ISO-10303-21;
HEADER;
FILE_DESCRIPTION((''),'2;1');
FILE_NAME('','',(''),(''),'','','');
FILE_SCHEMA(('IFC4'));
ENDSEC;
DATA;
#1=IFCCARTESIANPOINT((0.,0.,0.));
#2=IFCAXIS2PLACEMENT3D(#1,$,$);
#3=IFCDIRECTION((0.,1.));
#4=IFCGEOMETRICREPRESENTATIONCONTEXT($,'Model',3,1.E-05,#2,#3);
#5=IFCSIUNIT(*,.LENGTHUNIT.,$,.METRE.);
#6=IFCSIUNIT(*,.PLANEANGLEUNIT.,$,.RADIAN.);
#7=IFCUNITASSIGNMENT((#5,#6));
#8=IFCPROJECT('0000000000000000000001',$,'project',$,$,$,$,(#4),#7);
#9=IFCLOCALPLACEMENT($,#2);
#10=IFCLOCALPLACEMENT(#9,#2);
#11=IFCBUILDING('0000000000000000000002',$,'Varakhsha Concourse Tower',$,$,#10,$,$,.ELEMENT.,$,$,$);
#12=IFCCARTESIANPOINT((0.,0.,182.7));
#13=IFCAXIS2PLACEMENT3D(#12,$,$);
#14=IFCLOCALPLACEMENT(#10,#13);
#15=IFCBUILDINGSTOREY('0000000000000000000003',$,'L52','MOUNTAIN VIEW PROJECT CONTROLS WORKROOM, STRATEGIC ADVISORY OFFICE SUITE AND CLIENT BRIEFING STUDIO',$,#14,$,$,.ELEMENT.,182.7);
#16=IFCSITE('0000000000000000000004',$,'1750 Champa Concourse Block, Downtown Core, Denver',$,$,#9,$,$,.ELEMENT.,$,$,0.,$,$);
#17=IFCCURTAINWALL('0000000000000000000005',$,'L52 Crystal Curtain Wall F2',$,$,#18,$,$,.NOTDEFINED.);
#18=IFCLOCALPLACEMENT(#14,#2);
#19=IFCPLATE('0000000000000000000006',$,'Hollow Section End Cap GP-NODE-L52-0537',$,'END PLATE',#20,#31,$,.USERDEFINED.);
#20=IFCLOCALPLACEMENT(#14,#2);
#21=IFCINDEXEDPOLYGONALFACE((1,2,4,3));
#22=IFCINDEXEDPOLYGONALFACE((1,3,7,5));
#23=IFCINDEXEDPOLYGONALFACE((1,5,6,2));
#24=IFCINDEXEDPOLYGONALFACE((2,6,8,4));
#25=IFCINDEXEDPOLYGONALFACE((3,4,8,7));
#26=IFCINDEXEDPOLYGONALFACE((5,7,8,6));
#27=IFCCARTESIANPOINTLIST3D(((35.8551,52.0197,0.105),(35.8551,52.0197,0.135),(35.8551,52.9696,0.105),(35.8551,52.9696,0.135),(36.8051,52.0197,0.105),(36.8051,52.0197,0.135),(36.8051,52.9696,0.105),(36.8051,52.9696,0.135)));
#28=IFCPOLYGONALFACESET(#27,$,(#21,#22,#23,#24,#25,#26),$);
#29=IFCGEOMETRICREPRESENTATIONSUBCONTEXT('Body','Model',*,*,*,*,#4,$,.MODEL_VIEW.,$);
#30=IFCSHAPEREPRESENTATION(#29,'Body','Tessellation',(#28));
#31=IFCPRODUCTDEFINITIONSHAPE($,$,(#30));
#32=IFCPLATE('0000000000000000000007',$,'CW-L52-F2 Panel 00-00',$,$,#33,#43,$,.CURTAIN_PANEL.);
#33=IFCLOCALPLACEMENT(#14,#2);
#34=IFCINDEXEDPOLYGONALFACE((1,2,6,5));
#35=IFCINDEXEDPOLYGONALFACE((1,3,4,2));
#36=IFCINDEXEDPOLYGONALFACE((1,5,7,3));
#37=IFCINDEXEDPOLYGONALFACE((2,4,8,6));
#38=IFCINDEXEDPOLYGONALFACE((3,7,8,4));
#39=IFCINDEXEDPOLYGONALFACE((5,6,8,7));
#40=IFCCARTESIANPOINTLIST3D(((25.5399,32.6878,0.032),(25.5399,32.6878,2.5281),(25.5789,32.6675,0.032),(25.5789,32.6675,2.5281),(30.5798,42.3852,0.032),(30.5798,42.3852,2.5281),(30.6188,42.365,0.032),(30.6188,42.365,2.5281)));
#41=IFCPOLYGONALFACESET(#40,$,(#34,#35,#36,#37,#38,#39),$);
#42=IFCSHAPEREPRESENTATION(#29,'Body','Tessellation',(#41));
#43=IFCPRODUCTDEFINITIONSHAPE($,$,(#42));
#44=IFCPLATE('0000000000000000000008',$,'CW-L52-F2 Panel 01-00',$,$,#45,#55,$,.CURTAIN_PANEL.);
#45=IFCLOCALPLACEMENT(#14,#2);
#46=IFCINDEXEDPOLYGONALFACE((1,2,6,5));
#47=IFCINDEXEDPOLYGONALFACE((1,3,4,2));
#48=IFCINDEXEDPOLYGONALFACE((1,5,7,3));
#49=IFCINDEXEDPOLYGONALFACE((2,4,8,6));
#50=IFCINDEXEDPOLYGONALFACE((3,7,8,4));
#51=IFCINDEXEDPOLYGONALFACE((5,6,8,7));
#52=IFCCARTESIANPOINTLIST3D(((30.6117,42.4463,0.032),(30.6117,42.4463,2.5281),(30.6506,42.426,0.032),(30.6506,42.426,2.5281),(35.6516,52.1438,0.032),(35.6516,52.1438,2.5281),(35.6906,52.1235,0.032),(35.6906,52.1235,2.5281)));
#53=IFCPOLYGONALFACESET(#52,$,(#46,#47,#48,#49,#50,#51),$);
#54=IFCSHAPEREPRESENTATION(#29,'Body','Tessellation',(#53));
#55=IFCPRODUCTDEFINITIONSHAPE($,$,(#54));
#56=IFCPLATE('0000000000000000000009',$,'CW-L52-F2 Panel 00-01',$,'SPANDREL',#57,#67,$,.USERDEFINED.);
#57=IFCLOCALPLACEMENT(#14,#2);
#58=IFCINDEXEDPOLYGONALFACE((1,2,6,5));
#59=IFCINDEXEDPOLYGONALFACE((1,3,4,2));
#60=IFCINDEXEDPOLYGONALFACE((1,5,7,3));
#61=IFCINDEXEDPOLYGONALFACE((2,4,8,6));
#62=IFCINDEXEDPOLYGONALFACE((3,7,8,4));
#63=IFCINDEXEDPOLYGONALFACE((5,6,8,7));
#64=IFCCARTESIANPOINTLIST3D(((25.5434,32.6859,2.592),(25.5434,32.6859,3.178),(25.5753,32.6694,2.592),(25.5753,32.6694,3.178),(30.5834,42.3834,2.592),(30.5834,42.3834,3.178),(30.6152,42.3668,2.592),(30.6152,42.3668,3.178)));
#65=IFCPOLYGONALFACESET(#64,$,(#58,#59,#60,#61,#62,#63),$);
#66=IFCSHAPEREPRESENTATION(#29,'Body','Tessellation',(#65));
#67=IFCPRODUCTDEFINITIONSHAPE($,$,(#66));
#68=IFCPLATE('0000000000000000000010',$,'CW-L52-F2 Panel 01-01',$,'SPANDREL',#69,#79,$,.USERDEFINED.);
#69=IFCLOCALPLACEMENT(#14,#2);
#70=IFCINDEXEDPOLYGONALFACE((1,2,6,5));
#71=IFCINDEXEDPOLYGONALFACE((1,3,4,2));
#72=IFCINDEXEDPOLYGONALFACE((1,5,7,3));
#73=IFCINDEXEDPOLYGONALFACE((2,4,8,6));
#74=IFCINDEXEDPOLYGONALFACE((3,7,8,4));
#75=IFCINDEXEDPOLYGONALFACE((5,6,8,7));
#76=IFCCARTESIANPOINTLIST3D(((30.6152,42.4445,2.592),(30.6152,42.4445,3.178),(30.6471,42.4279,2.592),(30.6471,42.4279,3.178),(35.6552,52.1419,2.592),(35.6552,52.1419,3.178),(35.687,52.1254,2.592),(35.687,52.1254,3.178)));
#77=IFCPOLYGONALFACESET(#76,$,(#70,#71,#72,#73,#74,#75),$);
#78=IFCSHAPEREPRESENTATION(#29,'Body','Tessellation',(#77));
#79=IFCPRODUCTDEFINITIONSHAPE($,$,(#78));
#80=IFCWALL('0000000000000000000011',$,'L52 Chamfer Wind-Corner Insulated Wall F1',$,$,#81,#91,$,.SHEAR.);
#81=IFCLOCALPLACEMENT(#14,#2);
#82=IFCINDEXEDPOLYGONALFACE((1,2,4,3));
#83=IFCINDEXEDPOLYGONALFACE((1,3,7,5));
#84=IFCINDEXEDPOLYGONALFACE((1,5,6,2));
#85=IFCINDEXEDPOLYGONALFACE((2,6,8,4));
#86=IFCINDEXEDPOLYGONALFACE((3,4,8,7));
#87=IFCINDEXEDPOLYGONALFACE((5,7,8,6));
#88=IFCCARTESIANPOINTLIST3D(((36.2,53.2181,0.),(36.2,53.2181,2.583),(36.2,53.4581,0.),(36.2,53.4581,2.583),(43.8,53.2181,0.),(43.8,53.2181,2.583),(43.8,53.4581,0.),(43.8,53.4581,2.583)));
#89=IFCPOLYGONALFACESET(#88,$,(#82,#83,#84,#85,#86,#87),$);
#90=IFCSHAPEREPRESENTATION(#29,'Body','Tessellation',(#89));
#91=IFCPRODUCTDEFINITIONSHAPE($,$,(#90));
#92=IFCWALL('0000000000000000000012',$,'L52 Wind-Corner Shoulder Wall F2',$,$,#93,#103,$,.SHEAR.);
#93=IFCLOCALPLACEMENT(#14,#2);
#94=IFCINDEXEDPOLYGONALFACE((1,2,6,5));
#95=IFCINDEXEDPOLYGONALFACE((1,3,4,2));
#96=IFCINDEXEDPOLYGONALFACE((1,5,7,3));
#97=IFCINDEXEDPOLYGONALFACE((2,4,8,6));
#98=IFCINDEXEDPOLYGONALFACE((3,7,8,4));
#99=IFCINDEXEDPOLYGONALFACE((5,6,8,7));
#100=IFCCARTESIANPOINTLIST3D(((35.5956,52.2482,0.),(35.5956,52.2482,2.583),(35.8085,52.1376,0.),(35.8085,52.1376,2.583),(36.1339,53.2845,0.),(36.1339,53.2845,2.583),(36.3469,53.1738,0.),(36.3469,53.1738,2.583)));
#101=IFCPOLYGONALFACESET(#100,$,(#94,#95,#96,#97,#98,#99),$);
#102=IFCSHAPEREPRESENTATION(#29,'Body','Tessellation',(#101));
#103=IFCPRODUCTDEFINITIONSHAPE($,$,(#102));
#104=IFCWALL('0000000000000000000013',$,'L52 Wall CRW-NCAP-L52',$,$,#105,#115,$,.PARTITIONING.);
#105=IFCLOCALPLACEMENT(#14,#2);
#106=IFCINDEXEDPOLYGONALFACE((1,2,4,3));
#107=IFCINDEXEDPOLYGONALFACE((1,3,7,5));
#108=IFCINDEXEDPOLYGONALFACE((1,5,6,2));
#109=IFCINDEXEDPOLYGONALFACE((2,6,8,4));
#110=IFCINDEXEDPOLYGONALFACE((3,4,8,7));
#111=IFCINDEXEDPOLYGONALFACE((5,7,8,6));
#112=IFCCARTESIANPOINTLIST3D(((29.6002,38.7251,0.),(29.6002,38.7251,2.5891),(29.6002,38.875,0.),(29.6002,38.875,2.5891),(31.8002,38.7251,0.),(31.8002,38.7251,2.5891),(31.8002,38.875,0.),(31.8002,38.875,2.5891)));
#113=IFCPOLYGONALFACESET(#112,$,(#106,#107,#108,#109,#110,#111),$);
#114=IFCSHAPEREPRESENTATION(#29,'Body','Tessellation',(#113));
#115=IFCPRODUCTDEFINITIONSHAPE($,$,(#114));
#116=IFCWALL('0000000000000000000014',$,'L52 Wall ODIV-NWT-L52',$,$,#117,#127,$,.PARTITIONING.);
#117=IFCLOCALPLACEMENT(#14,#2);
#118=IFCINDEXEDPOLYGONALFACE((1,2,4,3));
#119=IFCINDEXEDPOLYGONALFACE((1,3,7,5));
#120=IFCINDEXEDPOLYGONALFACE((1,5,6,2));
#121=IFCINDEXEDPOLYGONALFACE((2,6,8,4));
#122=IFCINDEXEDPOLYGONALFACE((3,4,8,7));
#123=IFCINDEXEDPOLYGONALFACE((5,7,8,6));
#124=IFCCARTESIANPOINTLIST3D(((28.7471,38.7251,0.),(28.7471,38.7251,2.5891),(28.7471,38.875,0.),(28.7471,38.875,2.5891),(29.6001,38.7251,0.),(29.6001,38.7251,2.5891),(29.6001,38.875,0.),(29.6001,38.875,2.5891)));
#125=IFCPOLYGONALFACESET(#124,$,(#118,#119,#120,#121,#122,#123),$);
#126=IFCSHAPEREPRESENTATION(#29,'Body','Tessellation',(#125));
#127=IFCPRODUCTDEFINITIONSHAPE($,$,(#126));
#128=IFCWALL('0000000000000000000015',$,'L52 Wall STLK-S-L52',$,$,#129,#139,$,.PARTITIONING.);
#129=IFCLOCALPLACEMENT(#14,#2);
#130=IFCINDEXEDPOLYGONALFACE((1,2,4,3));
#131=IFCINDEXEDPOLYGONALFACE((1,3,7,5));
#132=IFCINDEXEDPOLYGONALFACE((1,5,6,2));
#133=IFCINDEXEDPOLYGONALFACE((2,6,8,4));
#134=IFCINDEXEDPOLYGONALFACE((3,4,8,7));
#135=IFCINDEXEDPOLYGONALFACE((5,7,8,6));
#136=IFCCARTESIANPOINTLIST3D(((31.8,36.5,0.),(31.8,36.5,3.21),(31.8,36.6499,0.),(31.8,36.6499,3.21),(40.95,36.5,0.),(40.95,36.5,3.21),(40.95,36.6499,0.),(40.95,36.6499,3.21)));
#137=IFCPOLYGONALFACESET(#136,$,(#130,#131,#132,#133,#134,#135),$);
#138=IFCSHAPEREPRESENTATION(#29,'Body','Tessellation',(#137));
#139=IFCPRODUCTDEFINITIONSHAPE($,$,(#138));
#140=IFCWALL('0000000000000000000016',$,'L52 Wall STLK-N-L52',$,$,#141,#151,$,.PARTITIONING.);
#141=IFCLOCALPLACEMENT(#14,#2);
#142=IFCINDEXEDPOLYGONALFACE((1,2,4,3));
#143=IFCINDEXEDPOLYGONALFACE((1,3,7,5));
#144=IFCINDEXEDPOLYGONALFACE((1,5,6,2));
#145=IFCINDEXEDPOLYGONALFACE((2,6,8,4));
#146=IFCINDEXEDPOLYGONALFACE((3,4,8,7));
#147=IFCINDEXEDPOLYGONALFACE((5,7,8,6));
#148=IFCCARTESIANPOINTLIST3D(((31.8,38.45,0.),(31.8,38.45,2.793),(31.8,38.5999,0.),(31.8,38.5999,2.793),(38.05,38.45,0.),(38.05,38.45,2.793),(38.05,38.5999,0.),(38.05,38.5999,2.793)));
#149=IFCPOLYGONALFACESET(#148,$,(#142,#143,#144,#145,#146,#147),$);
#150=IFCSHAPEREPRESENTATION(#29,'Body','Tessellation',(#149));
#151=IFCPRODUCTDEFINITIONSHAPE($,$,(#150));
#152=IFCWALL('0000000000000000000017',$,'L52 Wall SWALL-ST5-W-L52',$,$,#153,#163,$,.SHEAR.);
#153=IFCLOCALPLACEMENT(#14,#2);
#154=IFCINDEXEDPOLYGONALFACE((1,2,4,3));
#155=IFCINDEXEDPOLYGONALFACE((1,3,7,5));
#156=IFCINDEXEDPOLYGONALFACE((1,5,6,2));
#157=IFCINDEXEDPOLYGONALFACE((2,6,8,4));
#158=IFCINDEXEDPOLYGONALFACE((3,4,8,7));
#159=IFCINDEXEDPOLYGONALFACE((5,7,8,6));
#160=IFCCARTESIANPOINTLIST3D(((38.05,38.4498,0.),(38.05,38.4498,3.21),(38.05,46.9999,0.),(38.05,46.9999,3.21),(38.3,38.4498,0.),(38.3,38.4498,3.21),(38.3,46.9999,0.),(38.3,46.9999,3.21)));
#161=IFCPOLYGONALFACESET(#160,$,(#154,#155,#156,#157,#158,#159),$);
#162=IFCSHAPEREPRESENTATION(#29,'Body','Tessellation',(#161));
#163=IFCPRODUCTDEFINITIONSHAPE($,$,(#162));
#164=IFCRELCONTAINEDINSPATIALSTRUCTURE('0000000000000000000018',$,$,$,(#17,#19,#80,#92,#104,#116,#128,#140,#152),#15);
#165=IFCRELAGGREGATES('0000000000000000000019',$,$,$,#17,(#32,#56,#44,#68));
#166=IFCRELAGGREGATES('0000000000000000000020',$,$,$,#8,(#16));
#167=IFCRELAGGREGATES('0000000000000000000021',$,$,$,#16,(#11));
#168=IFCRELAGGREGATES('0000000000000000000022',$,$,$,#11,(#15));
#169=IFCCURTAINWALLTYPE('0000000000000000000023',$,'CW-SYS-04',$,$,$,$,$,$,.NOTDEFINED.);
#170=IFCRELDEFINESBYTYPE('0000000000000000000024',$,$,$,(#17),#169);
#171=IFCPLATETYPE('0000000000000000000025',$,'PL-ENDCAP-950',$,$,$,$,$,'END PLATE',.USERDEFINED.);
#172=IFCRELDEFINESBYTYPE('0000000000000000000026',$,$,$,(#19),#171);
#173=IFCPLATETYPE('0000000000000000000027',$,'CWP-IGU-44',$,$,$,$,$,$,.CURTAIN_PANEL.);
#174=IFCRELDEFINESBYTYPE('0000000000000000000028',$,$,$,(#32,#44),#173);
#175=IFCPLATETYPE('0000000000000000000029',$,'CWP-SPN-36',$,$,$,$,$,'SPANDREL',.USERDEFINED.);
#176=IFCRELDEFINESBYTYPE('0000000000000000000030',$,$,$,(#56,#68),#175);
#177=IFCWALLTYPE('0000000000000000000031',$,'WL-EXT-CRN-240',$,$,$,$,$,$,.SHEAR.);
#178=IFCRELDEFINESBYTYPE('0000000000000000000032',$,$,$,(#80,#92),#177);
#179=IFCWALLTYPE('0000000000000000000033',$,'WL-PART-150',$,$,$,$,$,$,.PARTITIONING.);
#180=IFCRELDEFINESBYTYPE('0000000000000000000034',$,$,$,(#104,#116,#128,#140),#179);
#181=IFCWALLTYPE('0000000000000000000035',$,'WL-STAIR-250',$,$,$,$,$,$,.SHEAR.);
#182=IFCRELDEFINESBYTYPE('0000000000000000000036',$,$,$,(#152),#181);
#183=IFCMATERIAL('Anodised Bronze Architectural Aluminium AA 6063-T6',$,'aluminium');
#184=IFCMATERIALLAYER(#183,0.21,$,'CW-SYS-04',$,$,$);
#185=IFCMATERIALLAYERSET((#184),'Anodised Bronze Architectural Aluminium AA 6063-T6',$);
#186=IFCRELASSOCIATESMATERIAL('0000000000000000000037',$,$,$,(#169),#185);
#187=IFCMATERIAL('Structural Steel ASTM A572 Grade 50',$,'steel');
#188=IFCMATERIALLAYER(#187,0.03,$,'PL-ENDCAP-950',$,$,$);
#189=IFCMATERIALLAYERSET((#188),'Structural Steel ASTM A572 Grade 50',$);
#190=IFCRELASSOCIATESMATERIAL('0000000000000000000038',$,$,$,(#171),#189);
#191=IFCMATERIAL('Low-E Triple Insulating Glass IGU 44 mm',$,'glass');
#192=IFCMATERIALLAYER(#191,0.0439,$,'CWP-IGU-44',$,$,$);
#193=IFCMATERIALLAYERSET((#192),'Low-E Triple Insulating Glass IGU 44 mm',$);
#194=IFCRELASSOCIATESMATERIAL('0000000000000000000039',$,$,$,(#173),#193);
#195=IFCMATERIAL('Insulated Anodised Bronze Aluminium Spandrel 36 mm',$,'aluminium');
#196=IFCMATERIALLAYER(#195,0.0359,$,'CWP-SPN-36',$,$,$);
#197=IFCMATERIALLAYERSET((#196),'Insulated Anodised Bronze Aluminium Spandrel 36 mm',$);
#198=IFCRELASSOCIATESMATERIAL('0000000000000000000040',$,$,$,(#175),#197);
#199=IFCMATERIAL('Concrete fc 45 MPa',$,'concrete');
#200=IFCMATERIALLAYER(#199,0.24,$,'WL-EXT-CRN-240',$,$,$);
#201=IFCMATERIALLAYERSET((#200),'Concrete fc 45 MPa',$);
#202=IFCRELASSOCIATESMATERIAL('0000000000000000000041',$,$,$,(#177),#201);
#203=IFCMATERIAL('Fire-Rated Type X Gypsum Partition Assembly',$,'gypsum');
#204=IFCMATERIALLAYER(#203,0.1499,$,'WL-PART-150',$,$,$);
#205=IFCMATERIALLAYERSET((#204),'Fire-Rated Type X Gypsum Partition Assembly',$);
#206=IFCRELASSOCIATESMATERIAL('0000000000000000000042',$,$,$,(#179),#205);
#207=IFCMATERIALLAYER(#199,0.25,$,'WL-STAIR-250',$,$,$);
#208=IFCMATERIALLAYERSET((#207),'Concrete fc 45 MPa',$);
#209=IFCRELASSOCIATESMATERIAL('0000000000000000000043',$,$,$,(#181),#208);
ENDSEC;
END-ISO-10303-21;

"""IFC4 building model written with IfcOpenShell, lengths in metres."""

from ifc_helpers import new_model, si_unit, direction, frame, frame_2d, origin, origin_2d, place, context, subcontext, project, spatial, rectangle, extrude, source, transform, mapped, material, layer, layer_set, type_object, type_shapes, element, aggregate, save


model = new_model("IFC4")

# Units and contexts
model_context = context("Model", 3, precision=1e-05, world=origin(), true_north=direction((0.0, 1.0)))
body_context = subcontext(model_context, "Body", "Model", "MODEL_VIEW")
ifc_project = project(units=[si_unit("LENGTHUNIT", "METRE"), si_unit("PLANEANGLEUNIT", "RADIAN")], contexts=[model_context])

# Site, building, storey
site_placement = place(None, origin())
site = spatial("IfcSite", under=ifc_project, at=site_placement, Name="1750 Champa Concourse Block, Downtown Core, Denver", CompositionType="ELEMENT", RefElevation=0.0)
building_placement = place(site_placement, origin())
building = spatial("IfcBuilding", under=site, at=building_placement, Name="Varakhsha Concourse Tower", CompositionType="ELEMENT")
storey_placement = place(building_placement, frame((0.0, 0.0, 182.7)))
storey = spatial("IfcBuildingStorey", under=building, at=storey_placement, Name="L52", Description="MOUNTAIN VIEW PROJECT CONTROLS WORKROOM, STRATEGIC ADVISORY OFFICE SUITE AND CLIENT BRIEFING STUDIO", CompositionType="ELEMENT", Elevation=182.7)

# Shared definitions
ifc_material_1 = material(Name="Structural Steel ASTM A572 Grade 50", Category="steel")

# Curtain wall
ifc_material_2 = material(Name="Anodised Bronze Architectural Aluminium AA 6063-T6", Category="aluminium")
ifc_layer_1 = layer(ifc_material_2, 0.21, Name="CW-SYS-04")
ifc_layer_set_1 = layer_set([ifc_layer_1], Name="Anodised Bronze Architectural Aluminium AA 6063-T6")
curtain_wall_type = type_object("IfcCurtainWallType", Name="CW-SYS-04", PredefinedType="NOTDEFINED", material=ifc_layer_set_1)
curtain_wall_1_placement = place(storey_placement, origin())
curtain_wall_1 = element("IfcCurtainWall", 1, at=curtain_wall_1_placement, inside=storey, type_object=curtain_wall_type, Name="L52 Crystal Curtain Wall F2", PredefinedType="NOTDEFINED")

# Plates
ifc_layer_2 = layer(ifc_material_1, 0.03, Name="PL-ENDCAP-950")
ifc_layer_set_2 = layer_set([ifc_layer_2], Name="Structural Steel ASTM A572 Grade 50")
plate_type_1 = type_object("IfcPlateType", Name="PL-ENDCAP-950", ElementType="END PLATE", PredefinedType="USERDEFINED", material=ifc_layer_set_2)
shared_shape_1 = source(origin(), body_context, "Body", "SweptSolid", [
    extrude(rectangle(XDim=0.95, YDim=0.95, at=origin_2d()), origin(), (0.0, 0.0, 1.0), 0.03),
])
type_shapes(plate_type_1, [shared_shape_1])
plate_1_placement = place(storey_placement, frame((36.3301, 52.4946, 0.105), z_axis=(0.0, 0.0, 1.0), x_axis=(1.0, 0.0, 0.0)))
element("IfcPlate", 2, at=plate_1_placement, inside=storey, type_object=plate_type_1, Name="Hollow Section End Cap GP-NODE-L52-0537", ObjectType="END PLATE", PredefinedType="USERDEFINED", context=body_context, shape_type="MappedRepresentation", body=[
    mapped(shared_shape_1, transform((0.0, 0.0, 0.0), scale=1.0)),
])
ifc_material_3 = material(Name="Low-E Triple Insulating Glass IGU 44 mm", Category="glass")
ifc_layer_3 = layer(ifc_material_3, 0.0439, Name="CWP-IGU-44")
ifc_layer_set_3 = layer_set([ifc_layer_3], Name="Low-E Triple Insulating Glass IGU 44 mm")
plate_type_2 = type_object("IfcPlateType", Name="CWP-IGU-44", PredefinedType="CURTAIN_PANEL", material=ifc_layer_set_3)
shared_shape_2 = source(origin(), body_context, "Body", "SweptSolid", [
    extrude(rectangle(XDim=10.929, YDim=0.0439, at=origin_2d()), origin(), (0.0, 0.0, 1.0), 2.4961),
])
type_shapes(plate_type_2, [shared_shape_2])
plate_2_placement = place(storey_placement, frame((28.0793, 37.5264, 0.032), z_axis=(0.0, 0.0, 1.0), x_axis=(0.461156, 0.887319, 0.0)))
plate_2 = element("IfcPlate", 3, at=plate_2_placement, type_object=plate_type_2, Name="CW-L52-F2 Panel 00-00", PredefinedType="CURTAIN_PANEL", context=body_context, shape_type="MappedRepresentation", body=[
    mapped(shared_shape_2, transform((0.0, 0.0, 0.0), scale=1.0)),
])
plate_3_placement = place(storey_placement, frame((33.1511, 47.2849, 0.032), z_axis=(0.0, 0.0, 1.0), x_axis=(0.461156, 0.887319, 0.0)))
plate_3 = element("IfcPlate", 4, at=plate_3_placement, type_object=plate_type_2, Name="CW-L52-F2 Panel 01-00", PredefinedType="CURTAIN_PANEL", context=body_context, shape_type="MappedRepresentation", body=[
    mapped(shared_shape_2, transform((0.0, 0.0, 0.0), scale=1.0)),
])
ifc_material_4 = material(Name="Insulated Anodised Bronze Aluminium Spandrel 36 mm", Category="aluminium")
ifc_layer_4 = layer(ifc_material_4, 0.0359, Name="CWP-SPN-36")
ifc_layer_set_4 = layer_set([ifc_layer_4], Name="Insulated Anodised Bronze Aluminium Spandrel 36 mm")
plate_type_3 = type_object("IfcPlateType", Name="CWP-SPN-36", ElementType="SPANDREL", PredefinedType="USERDEFINED", material=ifc_layer_set_4)
shared_shape_3 = source(origin(), body_context, "Body", "SweptSolid", [
    extrude(rectangle(XDim=10.929, YDim=0.0359, at=origin_2d()), origin(), (0.0, 0.0, 1.0), 0.5859),
])
type_shapes(plate_type_3, [shared_shape_3])
plate_4_placement = place(storey_placement, frame((28.0793, 37.5264, 2.592), z_axis=(0.0, 0.0, 1.0), x_axis=(0.461156, 0.887319, 0.0)))
plate_4 = element("IfcPlate", 5, at=plate_4_placement, type_object=plate_type_3, Name="CW-L52-F2 Panel 00-01", ObjectType="SPANDREL", PredefinedType="USERDEFINED", context=body_context, shape_type="MappedRepresentation", body=[
    mapped(shared_shape_3, transform((0.0, 0.0, 0.0), scale=1.0)),
])
plate_5_placement = place(storey_placement, frame((33.1511, 47.2849, 2.592), z_axis=(0.0, 0.0, 1.0), x_axis=(0.461156, 0.887319, 0.0)))
plate_5 = element("IfcPlate", 6, at=plate_5_placement, type_object=plate_type_3, Name="CW-L52-F2 Panel 01-01", ObjectType="SPANDREL", PredefinedType="USERDEFINED", context=body_context, shape_type="MappedRepresentation", body=[
    mapped(shared_shape_3, transform((0.0, 0.0, 0.0), scale=1.0)),
])
aggregate(curtain_wall_1, [plate_2, plate_4, plate_3, plate_5])

# Walls
ifc_material_5 = material(Name="Concrete fc 45 MPa", Category="concrete")
ifc_layer_5 = layer(ifc_material_5, 0.24, Name="WL-EXT-CRN-240")
ifc_layer_set_5 = layer_set([ifc_layer_5], Name="Concrete fc 45 MPa")
wall_type_1 = type_object("IfcWallType", Name="WL-EXT-CRN-240", PredefinedType="SHEAR", material=ifc_layer_set_5)
wall_1_placement = place(storey_placement, frame((36.2, 53.3381, 0.0), z_axis=(0.0, 0.0, 1.0), x_axis=(1.0, 0.0, 0.0)))
element("IfcWall", 7, at=wall_1_placement, inside=storey, type_object=wall_type_1, Name="L52 Chamfer Wind-Corner Insulated Wall F1", PredefinedType="SHEAR", context=body_context, shape_type="SweptSolid", body=[
    extrude(rectangle(XDim=7.6001, YDim=0.24, at=frame_2d((3.8, 0.0))), origin(), (0.0, 0.0, 1.0), 2.583),
])
wall_2_placement = place(storey_placement, frame((36.2405, 53.2292, 0.0), z_axis=(0.0, 0.0, 1.0), x_axis=(-0.461043, -0.887378, 0.0)))
element("IfcWall", 8, at=wall_2_placement, inside=storey, type_object=wall_type_1, Name="L52 Wind-Corner Shoulder Wall F2", PredefinedType="SHEAR", context=body_context, shape_type="SweptSolid", body=[
    extrude(rectangle(XDim=1.1677, YDim=0.24, at=frame_2d((0.584, 0.0))), origin(), (0.0, 0.0, 1.0), 2.583),
])
ifc_material_6 = material(Name="Fire-Rated Type X Gypsum Partition Assembly", Category="gypsum")
ifc_layer_6 = layer(ifc_material_6, 0.1499, Name="WL-PART-150")
ifc_layer_set_6 = layer_set([ifc_layer_6], Name="Fire-Rated Type X Gypsum Partition Assembly")
wall_type_2 = type_object("IfcWallType", Name="WL-PART-150", PredefinedType="PARTITIONING", material=ifc_layer_set_6)
wall_3_placement = place(storey_placement, frame((29.6001, 38.8, 0.0), z_axis=(0.0, 0.0, 1.0), x_axis=(1.0, 0.0, 0.0)))
element("IfcWall", 9, at=wall_3_placement, inside=storey, type_object=wall_type_2, Name="L52 Wall CRW-NCAP-L52", PredefinedType="PARTITIONING", context=body_context, shape_type="SweptSolid", body=[
    extrude(rectangle(XDim=2.2, YDim=0.1499, at=frame_2d((1.1001, 0.0))), origin(), (0.0, 0.0, 1.0), 2.5891),
])
wall_4_placement = place(storey_placement, frame((28.7471, 38.8, 0.0), z_axis=(0.0, 0.0, 1.0), x_axis=(1.0, 0.0, 0.0)))
element("IfcWall", 10, at=wall_4_placement, inside=storey, type_object=wall_type_2, Name="L52 Wall ODIV-NWT-L52", PredefinedType="PARTITIONING", context=body_context, shape_type="SweptSolid", body=[
    extrude(rectangle(XDim=0.853, YDim=0.1499, at=frame_2d((0.4265, 0.0))), origin(), (0.0, 0.0, 1.0), 2.5891),
])
wall_5_placement = place(storey_placement, frame((31.8, 36.575, 0.0), z_axis=(0.0, 0.0, 1.0), x_axis=(1.0, 0.0, 0.0)))
element("IfcWall", 11, at=wall_5_placement, inside=storey, type_object=wall_type_2, Name="L52 Wall STLK-S-L52", PredefinedType="PARTITIONING", context=body_context, shape_type="SweptSolid", body=[
    extrude(rectangle(XDim=9.1499, YDim=0.1499, at=frame_2d((4.575, 0.0))), origin(), (0.0, 0.0, 1.0), 3.21),
])
wall_6_placement = place(storey_placement, frame((31.8, 38.5249, 0.0), z_axis=(0.0, 0.0, 1.0), x_axis=(1.0, 0.0, 0.0)))
element("IfcWall", 12, at=wall_6_placement, inside=storey, type_object=wall_type_2, Name="L52 Wall STLK-N-L52", PredefinedType="PARTITIONING", context=body_context, shape_type="SweptSolid", body=[
    extrude(rectangle(XDim=6.25, YDim=0.1499, at=frame_2d((3.125, 0.0))), origin(), (0.0, 0.0, 1.0), 2.793),
])
ifc_layer_7 = layer(ifc_material_5, 0.25, Name="WL-STAIR-250")
ifc_layer_set_7 = layer_set([ifc_layer_7], Name="Concrete fc 45 MPa")
wall_type_3 = type_object("IfcWallType", Name="WL-STAIR-250", PredefinedType="SHEAR", material=ifc_layer_set_7)
wall_7_placement = place(storey_placement, frame((38.175, 38.45, 0.0), z_axis=(0.0, 0.0, 1.0), x_axis=(0.0, 1.0, 0.0)))
element("IfcWall", 13, at=wall_7_placement, inside=storey, type_object=wall_type_3, Name="L52 Wall SWALL-ST5-W-L52", PredefinedType="SHEAR", context=body_context, shape_type="SweptSolid", body=[
    extrude(rectangle(XDim=8.55, YDim=0.25, at=frame_2d((4.2749, 0.0))), origin(), (0.0, 0.0, 1.0), 3.21),
])

save(model, "model.ifc")
